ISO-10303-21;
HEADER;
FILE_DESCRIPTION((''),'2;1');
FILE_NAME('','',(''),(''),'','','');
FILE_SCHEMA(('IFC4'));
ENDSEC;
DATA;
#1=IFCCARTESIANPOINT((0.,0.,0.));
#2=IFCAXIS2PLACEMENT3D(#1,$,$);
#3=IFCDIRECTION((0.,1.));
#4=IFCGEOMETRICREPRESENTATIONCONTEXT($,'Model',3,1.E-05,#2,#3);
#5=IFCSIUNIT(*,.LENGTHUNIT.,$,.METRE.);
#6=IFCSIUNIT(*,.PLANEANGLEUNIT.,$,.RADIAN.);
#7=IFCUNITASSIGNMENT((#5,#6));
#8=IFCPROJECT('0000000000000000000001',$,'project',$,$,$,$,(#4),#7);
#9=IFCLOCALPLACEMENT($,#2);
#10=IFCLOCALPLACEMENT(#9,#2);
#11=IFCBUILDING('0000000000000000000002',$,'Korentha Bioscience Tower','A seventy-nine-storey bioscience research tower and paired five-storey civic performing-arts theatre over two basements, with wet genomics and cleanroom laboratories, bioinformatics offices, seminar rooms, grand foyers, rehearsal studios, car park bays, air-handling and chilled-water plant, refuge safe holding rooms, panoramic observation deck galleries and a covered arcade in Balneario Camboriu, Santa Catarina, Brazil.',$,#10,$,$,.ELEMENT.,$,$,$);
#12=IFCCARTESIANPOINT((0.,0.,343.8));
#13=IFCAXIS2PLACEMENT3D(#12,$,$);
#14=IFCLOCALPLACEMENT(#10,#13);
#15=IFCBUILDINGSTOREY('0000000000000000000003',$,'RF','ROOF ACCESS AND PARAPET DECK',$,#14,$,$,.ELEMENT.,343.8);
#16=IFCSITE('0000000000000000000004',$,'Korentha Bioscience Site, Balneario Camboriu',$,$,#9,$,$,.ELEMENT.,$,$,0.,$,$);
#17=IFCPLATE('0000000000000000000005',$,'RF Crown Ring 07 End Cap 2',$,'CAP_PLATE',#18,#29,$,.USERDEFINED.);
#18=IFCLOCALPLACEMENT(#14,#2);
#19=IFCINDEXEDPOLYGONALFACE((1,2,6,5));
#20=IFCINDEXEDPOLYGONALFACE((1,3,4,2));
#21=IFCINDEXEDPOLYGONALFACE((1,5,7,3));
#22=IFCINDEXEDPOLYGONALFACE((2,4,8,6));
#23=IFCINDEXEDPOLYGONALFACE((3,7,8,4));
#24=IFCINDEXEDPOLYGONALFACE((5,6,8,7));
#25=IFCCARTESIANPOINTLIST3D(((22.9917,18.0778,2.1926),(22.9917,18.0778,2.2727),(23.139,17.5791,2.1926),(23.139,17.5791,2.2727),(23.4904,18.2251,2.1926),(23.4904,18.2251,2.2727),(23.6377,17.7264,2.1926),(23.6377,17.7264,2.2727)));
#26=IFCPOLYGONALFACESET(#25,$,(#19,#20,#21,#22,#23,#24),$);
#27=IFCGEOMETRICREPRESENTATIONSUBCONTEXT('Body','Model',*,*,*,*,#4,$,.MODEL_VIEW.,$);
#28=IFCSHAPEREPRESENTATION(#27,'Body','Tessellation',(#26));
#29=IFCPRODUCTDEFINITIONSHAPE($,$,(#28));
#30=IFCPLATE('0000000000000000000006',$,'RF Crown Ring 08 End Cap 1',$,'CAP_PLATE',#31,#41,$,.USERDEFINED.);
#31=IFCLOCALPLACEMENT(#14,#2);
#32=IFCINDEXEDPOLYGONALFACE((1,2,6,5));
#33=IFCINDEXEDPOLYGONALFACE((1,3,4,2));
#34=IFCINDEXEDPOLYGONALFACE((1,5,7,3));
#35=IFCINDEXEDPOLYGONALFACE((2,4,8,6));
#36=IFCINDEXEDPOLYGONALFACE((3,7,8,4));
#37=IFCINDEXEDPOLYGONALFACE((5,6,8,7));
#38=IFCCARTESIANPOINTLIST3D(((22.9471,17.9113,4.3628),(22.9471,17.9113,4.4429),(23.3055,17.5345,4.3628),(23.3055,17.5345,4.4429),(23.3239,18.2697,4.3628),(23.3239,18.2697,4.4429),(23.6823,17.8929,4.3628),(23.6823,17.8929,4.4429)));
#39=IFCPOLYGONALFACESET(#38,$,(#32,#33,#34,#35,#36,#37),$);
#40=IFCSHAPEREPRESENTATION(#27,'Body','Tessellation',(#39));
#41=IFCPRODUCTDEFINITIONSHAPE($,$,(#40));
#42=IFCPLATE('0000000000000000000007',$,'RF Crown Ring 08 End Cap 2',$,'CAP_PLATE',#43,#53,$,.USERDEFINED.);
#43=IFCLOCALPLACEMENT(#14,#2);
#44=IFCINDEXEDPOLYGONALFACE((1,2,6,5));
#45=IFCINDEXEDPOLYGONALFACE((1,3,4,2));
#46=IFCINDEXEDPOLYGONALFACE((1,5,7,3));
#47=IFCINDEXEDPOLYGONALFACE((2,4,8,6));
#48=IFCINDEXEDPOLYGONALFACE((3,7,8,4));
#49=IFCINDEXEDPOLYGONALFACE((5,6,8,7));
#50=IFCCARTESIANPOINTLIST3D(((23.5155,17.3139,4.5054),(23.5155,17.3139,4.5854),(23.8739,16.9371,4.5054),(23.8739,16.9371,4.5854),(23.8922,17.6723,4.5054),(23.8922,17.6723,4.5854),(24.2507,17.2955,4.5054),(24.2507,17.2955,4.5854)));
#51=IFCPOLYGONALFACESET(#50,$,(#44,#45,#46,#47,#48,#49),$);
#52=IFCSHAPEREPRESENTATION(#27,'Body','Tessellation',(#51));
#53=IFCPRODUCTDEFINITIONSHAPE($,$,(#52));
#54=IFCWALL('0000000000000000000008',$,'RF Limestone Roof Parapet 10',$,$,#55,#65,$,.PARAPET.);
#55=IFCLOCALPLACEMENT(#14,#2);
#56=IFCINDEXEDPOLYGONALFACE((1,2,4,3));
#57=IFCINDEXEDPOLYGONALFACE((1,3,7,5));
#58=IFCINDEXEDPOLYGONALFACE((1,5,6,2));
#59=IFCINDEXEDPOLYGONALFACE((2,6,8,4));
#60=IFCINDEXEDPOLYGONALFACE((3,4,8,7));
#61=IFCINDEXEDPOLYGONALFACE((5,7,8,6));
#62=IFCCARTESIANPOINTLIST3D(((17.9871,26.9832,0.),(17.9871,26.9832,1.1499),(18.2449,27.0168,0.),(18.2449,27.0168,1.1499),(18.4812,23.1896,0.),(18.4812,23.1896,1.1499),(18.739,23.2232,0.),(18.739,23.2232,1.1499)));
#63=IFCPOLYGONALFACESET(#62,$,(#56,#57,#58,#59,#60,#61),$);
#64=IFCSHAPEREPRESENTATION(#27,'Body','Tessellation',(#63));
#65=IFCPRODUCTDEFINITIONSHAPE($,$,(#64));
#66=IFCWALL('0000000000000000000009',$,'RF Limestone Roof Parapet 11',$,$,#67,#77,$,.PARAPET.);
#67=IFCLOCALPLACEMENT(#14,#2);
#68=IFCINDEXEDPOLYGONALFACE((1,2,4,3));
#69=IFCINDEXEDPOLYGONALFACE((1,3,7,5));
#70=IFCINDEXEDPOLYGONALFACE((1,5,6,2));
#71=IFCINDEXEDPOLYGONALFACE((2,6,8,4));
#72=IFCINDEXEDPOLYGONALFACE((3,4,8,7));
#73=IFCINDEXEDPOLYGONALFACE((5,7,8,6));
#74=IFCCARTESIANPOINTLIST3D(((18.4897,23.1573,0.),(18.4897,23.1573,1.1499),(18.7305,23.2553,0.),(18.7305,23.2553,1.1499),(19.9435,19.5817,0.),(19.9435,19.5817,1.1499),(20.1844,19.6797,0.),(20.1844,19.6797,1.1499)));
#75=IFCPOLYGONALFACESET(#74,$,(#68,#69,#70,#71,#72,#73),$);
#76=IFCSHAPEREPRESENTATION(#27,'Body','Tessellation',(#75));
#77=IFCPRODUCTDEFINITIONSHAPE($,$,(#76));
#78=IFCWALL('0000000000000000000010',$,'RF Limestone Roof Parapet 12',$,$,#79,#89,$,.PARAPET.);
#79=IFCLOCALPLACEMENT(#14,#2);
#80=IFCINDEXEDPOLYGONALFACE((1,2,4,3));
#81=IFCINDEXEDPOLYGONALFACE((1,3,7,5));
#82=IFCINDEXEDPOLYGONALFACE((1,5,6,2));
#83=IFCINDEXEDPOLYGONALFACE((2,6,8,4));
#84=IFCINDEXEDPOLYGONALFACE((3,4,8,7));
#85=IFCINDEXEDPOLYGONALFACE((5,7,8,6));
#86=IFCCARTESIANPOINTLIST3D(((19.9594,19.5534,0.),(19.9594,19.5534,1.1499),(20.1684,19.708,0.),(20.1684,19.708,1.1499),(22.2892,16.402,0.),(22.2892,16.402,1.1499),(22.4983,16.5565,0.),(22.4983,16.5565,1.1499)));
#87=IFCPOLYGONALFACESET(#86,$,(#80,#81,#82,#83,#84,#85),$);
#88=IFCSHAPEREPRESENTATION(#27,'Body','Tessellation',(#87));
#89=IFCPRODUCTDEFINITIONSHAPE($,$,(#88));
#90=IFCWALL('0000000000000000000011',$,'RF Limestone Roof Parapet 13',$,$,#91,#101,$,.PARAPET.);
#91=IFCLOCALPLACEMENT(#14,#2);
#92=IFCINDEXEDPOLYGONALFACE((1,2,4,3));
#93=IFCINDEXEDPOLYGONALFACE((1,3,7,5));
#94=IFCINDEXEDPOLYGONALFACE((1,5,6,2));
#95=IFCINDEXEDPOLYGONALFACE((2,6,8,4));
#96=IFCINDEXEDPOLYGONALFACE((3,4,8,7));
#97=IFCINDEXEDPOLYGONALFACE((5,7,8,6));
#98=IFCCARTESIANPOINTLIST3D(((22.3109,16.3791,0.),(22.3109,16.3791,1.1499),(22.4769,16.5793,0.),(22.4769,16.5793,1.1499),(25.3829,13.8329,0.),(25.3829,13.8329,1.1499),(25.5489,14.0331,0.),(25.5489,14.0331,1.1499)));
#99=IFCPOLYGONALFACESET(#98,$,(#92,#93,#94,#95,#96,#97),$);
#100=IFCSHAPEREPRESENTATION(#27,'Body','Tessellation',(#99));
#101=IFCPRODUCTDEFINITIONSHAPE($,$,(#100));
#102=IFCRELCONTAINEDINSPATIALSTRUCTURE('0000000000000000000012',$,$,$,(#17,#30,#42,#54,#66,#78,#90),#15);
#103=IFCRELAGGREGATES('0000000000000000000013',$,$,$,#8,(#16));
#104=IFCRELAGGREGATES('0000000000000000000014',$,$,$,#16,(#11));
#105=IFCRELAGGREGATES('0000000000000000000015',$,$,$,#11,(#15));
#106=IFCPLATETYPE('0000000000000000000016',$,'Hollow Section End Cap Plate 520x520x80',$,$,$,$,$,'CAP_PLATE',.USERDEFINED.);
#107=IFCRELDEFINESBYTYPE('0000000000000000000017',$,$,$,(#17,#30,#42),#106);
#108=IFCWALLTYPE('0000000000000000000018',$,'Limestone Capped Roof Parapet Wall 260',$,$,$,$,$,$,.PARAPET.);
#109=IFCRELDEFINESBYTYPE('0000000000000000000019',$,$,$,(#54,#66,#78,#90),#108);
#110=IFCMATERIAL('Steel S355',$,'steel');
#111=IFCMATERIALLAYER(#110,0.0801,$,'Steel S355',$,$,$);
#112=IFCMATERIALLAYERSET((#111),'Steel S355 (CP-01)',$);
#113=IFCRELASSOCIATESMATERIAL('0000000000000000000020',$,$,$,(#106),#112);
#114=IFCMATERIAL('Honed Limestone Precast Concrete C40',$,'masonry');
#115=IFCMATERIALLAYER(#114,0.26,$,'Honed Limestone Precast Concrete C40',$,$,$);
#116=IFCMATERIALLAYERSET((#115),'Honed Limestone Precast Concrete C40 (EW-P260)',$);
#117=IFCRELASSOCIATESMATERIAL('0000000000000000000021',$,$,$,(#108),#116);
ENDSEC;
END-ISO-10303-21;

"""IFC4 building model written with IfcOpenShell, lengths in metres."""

from ifc_helpers import new_model, si_unit, direction, frame, frame_2d, origin, origin_2d, place, context, subcontext, project, spatial, rectangle, extrude, material, layer, layer_set, type_object, element, save


model = new_model("IFC4")

# Units and contexts
model_context = context("Model", 3, precision=1e-05, world=origin(), true_north=direction((0.0, 1.0)))
body_context = subcontext(model_context, "Body", "Model", "MODEL_VIEW")
ifc_project = project(units=[si_unit("LENGTHUNIT", "METRE"), si_unit("PLANEANGLEUNIT", "RADIAN")], contexts=[model_context])

# Site, building, storey
site_placement = place(None, origin())
site = spatial("IfcSite", under=ifc_project, at=site_placement, Name="Korentha Bioscience Site, Balneario Camboriu", CompositionType="ELEMENT", RefElevation=0.0)
building_placement = place(site_placement, origin())
building = spatial("IfcBuilding", under=site, at=building_placement, Name="Korentha Bioscience Tower", Description="A seventy-nine-storey bioscience research tower and paired five-storey civic performing-arts theatre over two basements, with wet genomics and cleanroom laboratories, bioinformatics offices, seminar rooms, grand foyers, rehearsal studios, car park bays, air-handling and chilled-water plant, refuge safe holding rooms, panoramic observation deck galleries and a covered arcade in Balneario Camboriu, Santa Catarina, Brazil.", CompositionType="ELEMENT")
storey_placement = place(building_placement, frame((0.0, 0.0, 343.8)))
storey = spatial("IfcBuildingStorey", under=building, at=storey_placement, Name="RF", Description="ROOF ACCESS AND PARAPET DECK", CompositionType="ELEMENT", Elevation=343.8)

# Shared definitions
ifc_material_1 = material(Name="Steel S355", Category="steel")

# Plates
ifc_layer_1 = layer(ifc_material_1, 0.0801, Name="Steel S355")
ifc_layer_set_1 = layer_set([ifc_layer_1], Name="Steel S355 (CP-01)")
plate_type_1 = type_object("IfcPlateType", Name="Hollow Section End Cap Plate 520x520x80", ElementType="CAP_PLATE", PredefinedType="USERDEFINED", material=ifc_layer_set_1)
for number, where, z_axis, x_axis, name in (
    (1, (23.3147, 17.9021, 2.1926), (0.0, 0.0, 1.0), (-0.283179, 0.959067, 0.0), "RF Crown Ring 07 End Cap 2"),
    (2, (23.3147, 17.9021, 4.3628), (0.0, 0.0, 1.0), (-0.68924, 0.724533, 0.0), "RF Crown Ring 08 End Cap 1"),
    (3, (23.8831, 17.3047, 4.5054), (0.0, 0.0, 1.0), (-0.68924, 0.724533, 0.0), "RF Crown Ring 08 End Cap 2"),
):
    element("IfcPlate", number, at=place(storey_placement, frame(where, z_axis=z_axis, x_axis=x_axis)), inside=storey, type_object=plate_type_1, Name=name, ObjectType="CAP_PLATE", PredefinedType="USERDEFINED", context=body_context, shape_type="SweptSolid", body=[
        extrude(rectangle(XDim=0.52, YDim=0.52, at=origin_2d()), origin(), (0.0, 0.0, 1.0), 0.0801),
    ])

# Walls
ifc_material_2 = material(Name="Honed Limestone Precast Concrete C40", Category="masonry")
ifc_layer_2 = layer(ifc_material_2, 0.26, Name="Honed Limestone Precast Concrete C40")
ifc_layer_set_2 = layer_set([ifc_layer_2], Name="Honed Limestone Precast Concrete C40 (EW-P260)")
wall_type = type_object("IfcWallType", Name="Limestone Capped Roof Parapet Wall 260", PredefinedType="PARAPET", material=ifc_layer_set_2)
wall_1_placement = place(storey_placement, frame((18.116, 27.0, 0.0), z_axis=(0.0, 0.0, 1.0), x_axis=(0.129162, -0.991624, 0.0)))
element("IfcWall", 4, at=wall_1_placement, inside=storey, type_object=wall_type, Name="RF Limestone Roof Parapet 10", PredefinedType="PARAPET", context=body_context, shape_type="SweptSolid", body=[
    extrude(rectangle(XDim=3.8257, YDim=0.26, at=frame_2d((1.9128, 0.0))), origin(), (0.0, 0.0, 1.0), 1.1499),
])
wall_2_placement = place(storey_placement, frame((18.6101, 23.2063, 0.0), z_axis=(0.0, 0.0, 1.0), x_axis=(0.376652, -0.926355, 0.0)))
element("IfcWall", 5, at=wall_2_placement, inside=storey, type_object=wall_type, Name="RF Limestone Roof Parapet 11", PredefinedType="PARAPET", context=body_context, shape_type="SweptSolid", body=[
    extrude(rectangle(XDim=3.8599, YDim=0.26, at=frame_2d((1.9299, 0.0))), origin(), (0.0, 0.0, 1.0), 1.1499),
])
wall_3_placement = place(storey_placement, frame((20.064, 19.6306, 0.0), z_axis=(0.0, 0.0, 1.0), x_axis=(0.594484, -0.804108, 0.0)))
element("IfcWall", 6, at=wall_3_placement, inside=storey, type_object=wall_type, Name="RF Limestone Roof Parapet 12", PredefinedType="PARAPET", context=body_context, shape_type="SweptSolid", body=[
    extrude(rectangle(XDim=3.9192, YDim=0.26, at=frame_2d((1.9595, 0.0))), origin(), (0.0, 0.0, 1.0), 1.1499),
])
wall_4_placement = place(storey_placement, frame((22.3938, 16.4792, 0.0), z_axis=(0.0, 0.0, 1.0), x_axis=(0.769929, -0.63813, 0.0)))
element("IfcWall", 7, at=wall_4_placement, inside=storey, type_object=wall_type, Name="RF Limestone Roof Parapet 13", PredefinedType="PARAPET", context=body_context, shape_type="SweptSolid", body=[
    extrude(rectangle(XDim=3.99, YDim=0.26, at=frame_2d((1.9951, 0.0))), origin(), (0.0, 0.0, 1.0), 1.1499),
])

save(model, "model.ifc")
